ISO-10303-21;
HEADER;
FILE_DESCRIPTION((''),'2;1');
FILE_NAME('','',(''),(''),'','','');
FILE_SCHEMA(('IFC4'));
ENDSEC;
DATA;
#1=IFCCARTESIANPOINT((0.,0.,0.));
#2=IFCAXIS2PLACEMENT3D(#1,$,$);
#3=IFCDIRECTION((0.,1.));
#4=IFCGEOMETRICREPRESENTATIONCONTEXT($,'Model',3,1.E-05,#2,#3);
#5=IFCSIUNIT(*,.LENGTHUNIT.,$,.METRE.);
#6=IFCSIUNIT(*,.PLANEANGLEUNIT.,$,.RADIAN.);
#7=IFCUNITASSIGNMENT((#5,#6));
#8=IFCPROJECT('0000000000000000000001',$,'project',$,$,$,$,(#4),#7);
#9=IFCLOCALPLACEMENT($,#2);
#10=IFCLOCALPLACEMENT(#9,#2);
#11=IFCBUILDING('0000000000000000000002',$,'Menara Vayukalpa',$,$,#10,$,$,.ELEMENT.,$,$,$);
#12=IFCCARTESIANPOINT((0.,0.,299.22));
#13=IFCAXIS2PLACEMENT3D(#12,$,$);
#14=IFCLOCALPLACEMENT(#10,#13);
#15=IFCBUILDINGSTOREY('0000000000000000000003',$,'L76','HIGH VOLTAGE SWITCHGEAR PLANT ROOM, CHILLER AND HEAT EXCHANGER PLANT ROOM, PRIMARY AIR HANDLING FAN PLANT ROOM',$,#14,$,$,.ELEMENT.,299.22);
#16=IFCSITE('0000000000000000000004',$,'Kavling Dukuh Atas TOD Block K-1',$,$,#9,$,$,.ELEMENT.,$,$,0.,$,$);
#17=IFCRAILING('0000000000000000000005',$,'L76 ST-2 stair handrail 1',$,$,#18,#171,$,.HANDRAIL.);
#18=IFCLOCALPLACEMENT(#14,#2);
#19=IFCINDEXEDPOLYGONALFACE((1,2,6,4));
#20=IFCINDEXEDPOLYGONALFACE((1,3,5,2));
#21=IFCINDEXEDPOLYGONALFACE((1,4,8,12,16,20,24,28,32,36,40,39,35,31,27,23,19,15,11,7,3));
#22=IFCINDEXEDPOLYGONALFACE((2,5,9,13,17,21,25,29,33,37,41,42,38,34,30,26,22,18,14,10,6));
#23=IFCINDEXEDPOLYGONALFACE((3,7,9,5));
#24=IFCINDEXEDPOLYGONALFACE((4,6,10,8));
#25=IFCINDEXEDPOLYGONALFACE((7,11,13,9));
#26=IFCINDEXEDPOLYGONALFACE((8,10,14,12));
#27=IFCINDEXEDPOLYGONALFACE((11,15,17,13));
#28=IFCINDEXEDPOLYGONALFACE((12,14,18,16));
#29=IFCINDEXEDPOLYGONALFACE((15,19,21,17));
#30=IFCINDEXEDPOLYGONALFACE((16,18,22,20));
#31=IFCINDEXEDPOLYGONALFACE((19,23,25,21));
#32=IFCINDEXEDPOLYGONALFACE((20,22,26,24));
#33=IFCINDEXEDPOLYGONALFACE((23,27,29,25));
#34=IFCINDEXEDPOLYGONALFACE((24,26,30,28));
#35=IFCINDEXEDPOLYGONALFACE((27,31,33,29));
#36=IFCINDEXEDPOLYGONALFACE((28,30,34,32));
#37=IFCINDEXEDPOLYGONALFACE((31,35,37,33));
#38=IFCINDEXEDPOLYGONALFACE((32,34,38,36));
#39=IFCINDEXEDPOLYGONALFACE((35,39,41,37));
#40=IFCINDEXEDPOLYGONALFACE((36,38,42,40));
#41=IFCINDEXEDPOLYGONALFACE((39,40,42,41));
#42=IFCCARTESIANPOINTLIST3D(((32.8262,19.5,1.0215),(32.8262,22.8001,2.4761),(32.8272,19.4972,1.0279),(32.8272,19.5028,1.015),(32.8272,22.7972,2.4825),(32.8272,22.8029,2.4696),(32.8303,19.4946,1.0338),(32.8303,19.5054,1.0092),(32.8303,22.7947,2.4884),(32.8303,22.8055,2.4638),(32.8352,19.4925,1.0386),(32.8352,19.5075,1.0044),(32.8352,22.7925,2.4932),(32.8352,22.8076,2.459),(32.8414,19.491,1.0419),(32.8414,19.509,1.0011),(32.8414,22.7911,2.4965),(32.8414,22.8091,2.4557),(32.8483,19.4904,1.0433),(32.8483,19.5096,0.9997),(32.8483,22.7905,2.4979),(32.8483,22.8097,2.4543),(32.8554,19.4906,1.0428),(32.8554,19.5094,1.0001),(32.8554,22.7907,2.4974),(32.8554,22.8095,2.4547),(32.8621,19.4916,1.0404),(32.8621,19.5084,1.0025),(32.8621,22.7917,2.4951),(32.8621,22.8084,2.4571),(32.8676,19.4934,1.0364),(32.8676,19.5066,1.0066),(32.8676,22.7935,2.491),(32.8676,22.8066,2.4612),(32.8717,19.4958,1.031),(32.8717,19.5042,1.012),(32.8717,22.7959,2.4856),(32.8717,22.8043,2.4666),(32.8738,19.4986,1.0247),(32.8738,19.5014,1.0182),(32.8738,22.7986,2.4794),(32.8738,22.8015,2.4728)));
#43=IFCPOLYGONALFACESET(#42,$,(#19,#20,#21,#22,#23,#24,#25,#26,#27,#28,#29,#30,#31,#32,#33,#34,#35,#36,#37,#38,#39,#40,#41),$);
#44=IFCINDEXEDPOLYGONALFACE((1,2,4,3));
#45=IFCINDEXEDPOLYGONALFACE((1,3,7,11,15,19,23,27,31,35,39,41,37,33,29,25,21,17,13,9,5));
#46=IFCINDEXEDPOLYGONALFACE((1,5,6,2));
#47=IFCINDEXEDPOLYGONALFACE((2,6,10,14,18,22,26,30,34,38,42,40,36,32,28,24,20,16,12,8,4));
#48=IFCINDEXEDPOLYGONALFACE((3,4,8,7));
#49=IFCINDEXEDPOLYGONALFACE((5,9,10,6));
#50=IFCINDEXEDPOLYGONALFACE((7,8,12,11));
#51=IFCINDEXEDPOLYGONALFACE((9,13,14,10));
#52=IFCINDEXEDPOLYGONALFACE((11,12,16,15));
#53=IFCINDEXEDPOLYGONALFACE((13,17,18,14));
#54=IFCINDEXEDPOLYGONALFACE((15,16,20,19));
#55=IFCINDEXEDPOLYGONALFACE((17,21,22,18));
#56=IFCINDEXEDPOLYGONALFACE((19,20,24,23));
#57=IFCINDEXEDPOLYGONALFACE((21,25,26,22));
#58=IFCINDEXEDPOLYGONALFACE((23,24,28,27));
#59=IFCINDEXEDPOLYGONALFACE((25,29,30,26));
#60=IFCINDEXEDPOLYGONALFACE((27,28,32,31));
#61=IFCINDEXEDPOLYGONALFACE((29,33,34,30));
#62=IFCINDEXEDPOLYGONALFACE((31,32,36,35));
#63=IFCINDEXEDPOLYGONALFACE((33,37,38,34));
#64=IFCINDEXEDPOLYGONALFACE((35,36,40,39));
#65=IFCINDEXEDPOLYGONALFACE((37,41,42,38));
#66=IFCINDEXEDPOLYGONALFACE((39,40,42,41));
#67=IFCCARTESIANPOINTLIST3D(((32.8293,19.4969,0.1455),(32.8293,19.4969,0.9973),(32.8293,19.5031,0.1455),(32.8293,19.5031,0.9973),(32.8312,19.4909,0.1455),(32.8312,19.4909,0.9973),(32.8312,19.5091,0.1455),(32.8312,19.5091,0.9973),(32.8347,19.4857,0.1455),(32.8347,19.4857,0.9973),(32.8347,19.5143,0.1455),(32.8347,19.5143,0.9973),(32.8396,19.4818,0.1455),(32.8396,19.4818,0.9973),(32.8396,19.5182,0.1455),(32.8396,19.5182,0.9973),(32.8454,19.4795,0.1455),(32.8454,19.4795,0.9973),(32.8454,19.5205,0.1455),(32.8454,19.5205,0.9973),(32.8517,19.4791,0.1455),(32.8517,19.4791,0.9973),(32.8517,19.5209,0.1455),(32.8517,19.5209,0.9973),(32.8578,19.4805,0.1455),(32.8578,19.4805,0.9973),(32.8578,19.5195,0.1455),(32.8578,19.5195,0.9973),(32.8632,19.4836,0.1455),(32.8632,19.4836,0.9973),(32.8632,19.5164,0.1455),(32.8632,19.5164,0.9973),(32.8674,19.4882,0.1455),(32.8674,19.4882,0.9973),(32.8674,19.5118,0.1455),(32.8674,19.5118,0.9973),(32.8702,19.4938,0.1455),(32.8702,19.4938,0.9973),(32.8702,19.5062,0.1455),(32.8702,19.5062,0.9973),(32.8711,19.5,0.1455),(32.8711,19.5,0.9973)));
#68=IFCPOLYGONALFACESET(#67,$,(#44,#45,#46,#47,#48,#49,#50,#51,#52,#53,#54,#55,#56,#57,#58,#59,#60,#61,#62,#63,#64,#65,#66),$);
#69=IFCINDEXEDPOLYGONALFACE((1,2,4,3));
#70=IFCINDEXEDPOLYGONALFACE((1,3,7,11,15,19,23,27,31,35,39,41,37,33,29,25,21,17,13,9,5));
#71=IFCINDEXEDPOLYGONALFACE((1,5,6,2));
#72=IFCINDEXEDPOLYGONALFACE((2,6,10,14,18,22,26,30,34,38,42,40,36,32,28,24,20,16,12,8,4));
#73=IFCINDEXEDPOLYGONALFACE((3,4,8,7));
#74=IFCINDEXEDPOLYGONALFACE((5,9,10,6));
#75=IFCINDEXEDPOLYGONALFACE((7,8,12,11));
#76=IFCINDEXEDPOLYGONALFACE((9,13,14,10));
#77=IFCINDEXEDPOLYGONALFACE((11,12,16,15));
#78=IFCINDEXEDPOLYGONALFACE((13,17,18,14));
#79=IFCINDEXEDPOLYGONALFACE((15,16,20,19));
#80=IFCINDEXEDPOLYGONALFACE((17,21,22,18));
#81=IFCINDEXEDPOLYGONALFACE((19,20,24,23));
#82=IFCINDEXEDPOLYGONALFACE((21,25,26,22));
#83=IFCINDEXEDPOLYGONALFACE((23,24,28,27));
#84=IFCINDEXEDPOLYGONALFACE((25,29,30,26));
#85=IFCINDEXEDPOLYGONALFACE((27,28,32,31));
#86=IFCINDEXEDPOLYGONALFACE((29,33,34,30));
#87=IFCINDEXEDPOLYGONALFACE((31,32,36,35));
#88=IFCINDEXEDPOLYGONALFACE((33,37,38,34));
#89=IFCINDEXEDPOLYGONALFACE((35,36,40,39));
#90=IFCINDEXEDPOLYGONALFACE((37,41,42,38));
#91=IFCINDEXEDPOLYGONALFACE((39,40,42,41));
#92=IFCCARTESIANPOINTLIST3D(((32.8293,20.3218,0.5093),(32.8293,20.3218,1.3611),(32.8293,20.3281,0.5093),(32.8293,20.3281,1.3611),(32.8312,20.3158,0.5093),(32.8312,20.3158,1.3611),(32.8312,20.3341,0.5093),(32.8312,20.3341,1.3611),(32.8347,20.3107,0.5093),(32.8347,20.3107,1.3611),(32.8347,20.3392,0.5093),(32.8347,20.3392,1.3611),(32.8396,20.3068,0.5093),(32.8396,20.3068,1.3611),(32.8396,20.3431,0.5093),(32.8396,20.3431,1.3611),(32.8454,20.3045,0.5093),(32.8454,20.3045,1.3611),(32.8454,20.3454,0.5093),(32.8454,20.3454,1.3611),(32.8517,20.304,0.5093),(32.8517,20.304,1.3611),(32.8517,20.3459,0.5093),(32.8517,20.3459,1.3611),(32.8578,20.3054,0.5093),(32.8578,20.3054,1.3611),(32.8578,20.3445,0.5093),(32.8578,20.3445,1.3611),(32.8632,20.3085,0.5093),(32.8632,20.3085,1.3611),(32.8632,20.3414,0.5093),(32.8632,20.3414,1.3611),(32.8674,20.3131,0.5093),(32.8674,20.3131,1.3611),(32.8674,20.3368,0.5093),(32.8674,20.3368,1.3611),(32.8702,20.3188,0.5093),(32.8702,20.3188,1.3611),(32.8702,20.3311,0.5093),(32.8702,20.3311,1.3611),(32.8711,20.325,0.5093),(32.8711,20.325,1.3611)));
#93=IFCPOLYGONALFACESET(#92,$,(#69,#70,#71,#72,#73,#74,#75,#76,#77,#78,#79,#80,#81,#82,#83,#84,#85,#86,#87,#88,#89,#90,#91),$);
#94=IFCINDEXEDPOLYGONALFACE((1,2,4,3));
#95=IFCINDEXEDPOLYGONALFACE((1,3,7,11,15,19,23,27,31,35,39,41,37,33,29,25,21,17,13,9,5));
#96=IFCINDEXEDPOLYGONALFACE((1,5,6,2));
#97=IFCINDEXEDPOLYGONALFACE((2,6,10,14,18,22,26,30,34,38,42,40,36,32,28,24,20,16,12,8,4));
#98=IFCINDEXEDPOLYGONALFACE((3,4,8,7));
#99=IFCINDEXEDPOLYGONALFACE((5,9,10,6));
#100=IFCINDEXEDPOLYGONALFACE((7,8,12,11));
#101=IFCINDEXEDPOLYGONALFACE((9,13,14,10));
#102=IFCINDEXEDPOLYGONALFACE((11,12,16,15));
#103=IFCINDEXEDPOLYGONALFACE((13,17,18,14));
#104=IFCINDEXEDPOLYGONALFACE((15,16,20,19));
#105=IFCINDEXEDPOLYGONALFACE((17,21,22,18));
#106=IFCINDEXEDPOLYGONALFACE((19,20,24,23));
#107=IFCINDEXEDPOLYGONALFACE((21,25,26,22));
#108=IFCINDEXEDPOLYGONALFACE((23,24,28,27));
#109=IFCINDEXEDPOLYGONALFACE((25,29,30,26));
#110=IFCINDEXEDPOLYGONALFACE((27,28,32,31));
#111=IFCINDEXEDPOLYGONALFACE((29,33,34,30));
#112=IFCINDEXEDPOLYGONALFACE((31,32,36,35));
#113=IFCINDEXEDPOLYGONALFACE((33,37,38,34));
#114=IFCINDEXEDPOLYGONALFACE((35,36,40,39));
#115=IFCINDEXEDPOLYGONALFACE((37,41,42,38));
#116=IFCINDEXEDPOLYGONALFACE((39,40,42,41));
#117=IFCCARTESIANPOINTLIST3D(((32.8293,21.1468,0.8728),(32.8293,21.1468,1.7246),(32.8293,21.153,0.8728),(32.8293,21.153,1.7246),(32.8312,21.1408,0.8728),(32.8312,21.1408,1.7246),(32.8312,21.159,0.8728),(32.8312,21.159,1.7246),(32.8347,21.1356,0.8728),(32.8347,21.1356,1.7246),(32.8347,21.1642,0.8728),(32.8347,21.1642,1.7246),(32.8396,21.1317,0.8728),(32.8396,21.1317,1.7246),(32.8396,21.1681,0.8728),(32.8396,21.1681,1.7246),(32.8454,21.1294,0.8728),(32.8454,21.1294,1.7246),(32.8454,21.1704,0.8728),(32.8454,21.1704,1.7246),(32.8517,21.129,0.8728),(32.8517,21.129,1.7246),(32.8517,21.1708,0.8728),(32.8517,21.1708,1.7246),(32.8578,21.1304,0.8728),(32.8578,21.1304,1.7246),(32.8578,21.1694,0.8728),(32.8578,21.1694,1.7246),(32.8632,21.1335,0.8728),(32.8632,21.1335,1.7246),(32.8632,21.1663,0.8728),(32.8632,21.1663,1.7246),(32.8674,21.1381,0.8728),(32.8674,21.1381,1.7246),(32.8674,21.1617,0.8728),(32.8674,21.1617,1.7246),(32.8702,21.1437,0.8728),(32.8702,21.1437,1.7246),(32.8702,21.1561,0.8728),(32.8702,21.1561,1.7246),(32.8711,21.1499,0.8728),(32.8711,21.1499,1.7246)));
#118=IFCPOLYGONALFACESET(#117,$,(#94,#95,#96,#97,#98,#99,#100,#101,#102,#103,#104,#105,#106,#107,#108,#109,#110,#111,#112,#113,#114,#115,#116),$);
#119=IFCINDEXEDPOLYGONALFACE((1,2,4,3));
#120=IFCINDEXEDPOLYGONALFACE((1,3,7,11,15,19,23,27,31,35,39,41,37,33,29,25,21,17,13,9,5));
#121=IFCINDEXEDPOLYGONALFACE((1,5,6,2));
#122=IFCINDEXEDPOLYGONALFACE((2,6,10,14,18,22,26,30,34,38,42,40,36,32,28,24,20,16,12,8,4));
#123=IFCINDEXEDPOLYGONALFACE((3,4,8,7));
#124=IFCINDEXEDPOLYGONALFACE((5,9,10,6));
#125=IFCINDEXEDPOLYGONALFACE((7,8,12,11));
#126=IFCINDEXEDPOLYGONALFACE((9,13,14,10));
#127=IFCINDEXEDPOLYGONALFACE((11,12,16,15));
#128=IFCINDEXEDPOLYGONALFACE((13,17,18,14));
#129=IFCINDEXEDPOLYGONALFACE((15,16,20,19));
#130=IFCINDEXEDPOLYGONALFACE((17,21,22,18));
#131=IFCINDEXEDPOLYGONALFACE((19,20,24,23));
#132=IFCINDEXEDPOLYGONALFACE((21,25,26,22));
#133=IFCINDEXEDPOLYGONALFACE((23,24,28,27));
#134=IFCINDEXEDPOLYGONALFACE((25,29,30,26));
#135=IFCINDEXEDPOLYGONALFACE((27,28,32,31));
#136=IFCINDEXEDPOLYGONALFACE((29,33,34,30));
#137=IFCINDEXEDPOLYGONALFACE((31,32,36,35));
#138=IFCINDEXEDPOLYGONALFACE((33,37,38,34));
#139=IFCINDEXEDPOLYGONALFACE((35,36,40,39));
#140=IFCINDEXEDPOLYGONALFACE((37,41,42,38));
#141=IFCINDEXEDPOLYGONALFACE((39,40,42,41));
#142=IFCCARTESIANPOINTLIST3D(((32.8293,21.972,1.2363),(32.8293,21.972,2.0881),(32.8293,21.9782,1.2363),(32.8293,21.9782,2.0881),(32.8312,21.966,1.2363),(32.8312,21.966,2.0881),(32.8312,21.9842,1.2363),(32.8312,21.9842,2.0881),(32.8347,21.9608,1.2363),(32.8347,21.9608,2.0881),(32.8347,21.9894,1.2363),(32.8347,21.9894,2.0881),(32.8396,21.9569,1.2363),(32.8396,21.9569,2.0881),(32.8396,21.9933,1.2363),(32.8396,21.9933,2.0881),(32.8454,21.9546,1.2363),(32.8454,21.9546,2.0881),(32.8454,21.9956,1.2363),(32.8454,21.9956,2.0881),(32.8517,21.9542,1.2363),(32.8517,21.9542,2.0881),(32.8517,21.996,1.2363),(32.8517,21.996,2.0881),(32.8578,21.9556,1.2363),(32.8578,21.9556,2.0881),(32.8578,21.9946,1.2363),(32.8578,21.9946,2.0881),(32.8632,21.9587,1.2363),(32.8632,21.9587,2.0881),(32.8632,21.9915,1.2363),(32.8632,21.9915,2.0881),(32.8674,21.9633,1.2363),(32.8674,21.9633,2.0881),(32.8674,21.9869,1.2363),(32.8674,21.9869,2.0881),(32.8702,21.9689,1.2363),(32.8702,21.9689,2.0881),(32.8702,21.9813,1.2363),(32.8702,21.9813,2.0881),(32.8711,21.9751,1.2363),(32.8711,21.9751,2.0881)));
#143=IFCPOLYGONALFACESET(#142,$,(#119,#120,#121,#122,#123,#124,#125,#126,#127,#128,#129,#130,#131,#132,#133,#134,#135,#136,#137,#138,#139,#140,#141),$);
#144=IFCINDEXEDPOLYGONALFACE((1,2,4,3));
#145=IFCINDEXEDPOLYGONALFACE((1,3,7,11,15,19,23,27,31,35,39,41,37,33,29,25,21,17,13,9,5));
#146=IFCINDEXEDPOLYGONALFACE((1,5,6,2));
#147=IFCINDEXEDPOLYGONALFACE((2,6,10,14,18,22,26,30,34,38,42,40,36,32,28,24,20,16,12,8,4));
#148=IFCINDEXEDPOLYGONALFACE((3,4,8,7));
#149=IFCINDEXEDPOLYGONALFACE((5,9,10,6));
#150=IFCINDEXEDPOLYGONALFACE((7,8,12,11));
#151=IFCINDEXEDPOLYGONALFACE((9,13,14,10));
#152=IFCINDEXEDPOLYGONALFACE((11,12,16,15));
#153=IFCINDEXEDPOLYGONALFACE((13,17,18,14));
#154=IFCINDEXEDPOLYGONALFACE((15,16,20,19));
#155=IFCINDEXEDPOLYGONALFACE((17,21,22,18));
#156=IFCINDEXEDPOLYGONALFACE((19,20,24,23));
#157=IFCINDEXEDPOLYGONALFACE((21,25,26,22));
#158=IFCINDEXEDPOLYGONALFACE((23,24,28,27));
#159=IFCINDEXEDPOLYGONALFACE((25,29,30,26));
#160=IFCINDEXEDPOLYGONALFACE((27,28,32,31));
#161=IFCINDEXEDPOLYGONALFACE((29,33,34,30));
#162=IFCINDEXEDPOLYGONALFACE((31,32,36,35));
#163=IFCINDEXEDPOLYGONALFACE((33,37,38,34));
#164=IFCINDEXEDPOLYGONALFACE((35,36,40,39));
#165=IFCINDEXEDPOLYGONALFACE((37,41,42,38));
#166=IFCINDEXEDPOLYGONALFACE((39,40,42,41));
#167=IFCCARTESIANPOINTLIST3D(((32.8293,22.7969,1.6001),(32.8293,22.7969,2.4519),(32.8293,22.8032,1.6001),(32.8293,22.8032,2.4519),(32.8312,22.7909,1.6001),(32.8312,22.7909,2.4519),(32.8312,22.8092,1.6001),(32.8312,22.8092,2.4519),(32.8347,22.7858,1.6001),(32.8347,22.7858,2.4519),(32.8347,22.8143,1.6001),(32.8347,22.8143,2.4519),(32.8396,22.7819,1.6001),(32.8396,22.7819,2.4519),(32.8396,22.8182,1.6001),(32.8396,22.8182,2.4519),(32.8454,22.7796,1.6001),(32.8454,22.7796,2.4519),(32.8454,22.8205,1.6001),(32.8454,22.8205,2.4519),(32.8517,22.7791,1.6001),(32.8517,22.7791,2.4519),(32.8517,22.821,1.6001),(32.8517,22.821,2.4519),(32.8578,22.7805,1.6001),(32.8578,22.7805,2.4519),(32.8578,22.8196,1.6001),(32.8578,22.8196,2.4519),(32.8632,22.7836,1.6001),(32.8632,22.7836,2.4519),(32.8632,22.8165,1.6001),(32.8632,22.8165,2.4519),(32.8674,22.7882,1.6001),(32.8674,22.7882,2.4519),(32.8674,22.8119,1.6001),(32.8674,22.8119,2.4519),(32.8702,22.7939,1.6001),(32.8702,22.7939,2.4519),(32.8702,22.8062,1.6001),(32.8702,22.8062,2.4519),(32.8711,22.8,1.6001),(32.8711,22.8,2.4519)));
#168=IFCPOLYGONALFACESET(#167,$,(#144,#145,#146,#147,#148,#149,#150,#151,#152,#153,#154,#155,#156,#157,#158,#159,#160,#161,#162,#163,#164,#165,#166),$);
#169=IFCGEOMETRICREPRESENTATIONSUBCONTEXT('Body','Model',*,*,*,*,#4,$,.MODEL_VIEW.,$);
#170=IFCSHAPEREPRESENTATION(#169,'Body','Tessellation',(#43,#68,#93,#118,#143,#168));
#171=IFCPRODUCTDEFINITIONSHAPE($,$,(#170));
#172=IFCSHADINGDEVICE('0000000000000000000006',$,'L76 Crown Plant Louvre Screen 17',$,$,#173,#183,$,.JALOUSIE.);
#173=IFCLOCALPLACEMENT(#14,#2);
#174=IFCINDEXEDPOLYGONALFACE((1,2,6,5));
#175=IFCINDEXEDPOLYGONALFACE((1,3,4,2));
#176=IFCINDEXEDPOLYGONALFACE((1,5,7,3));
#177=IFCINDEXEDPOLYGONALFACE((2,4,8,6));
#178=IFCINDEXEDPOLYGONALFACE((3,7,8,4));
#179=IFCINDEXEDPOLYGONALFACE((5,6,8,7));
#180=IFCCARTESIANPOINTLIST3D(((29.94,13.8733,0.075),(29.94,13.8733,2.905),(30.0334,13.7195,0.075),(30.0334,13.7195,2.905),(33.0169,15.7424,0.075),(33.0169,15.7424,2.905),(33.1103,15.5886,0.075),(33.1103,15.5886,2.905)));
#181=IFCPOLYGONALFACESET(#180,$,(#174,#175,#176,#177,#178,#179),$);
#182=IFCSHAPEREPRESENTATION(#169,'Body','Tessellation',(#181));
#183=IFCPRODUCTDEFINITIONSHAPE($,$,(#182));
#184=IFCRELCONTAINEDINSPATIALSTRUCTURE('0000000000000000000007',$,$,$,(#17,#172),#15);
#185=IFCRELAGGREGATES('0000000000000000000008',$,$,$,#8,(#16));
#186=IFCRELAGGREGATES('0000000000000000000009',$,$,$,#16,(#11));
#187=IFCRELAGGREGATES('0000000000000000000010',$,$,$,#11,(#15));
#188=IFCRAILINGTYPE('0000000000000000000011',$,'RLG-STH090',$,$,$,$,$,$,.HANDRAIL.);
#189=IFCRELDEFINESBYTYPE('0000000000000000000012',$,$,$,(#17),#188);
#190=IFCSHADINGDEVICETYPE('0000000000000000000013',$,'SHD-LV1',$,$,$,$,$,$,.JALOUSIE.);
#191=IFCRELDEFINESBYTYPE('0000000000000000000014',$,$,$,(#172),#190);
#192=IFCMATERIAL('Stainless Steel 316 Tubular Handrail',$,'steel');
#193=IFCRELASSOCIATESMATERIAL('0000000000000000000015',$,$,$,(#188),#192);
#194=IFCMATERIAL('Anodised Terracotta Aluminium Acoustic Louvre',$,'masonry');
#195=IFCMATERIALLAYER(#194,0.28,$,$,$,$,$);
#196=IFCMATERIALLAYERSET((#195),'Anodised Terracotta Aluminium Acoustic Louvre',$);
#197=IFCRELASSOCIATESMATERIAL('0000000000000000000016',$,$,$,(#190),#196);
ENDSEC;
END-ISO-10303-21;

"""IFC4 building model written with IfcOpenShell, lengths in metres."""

from ifc_helpers import new_model, si_unit, direction, frame, origin, origin_2d, place, context, subcontext, project, spatial, rectangle, circle, extrude, material, layer, layer_set, type_object, element, save


model = new_model("IFC4")

# Units and contexts
model_context = context("Model", 3, precision=1e-05, world=origin(), true_north=direction((0.0, 1.0)))
body_context = subcontext(model_context, "Body", "Model", "MODEL_VIEW")
ifc_project = project(units=[si_unit("LENGTHUNIT", "METRE"), si_unit("PLANEANGLEUNIT", "RADIAN")], contexts=[model_context])

# Site, building, storey
site_placement = place(None, origin())
site = spatial("IfcSite", under=ifc_project, at=site_placement, Name="Kavling Dukuh Atas TOD Block K-1", CompositionType="ELEMENT", RefElevation=0.0)
building_placement = place(site_placement, origin())
building = spatial("IfcBuilding", under=site, at=building_placement, Name="Menara Vayukalpa", CompositionType="ELEMENT")
storey_placement = place(building_placement, frame((0.0, 0.0, 299.22)))
storey = spatial("IfcBuildingStorey", under=building, at=storey_placement, Name="L76", Description="HIGH VOLTAGE SWITCHGEAR PLANT ROOM, CHILLER AND HEAT EXCHANGER PLANT ROOM, PRIMARY AIR HANDLING FAN PLANT ROOM", CompositionType="ELEMENT", Elevation=299.22)

# Railing
ifc_material_1 = material(Name="Stainless Steel 316 Tubular Handrail", Category="steel")
railing_type_1 = type_object("IfcRailingType", Name="RLG-STH090", PredefinedType="HANDRAIL", material=ifc_material_1)
railing_1_placement = place(storey_placement, frame((32.8501, 19.5, 0.1455)))
element("IfcRailing", 1, at=railing_1_placement, inside=storey, type_object=railing_type_1, Name="L76 ST-2 stair handrail 1", PredefinedType="HANDRAIL", context=body_context, shape_type="SweptSolid", body=[
    extrude(circle(Radius=0.0239, at=origin_2d()), frame((0.0, 0.0, 0.876), z_axis=(0.0, 0.915052, 0.403335), x_axis=(-1.0, 0.0, 0.0)), (0.0, 0.0, 1.0), 3.6064),
    extrude(circle(Radius=0.021, at=origin_2d()), origin(), (0.0, 0.0, 1.0), 0.8518),
    extrude(circle(Radius=0.021, at=origin_2d()), frame((0.0, 0.825, 0.3638)), (0.0, 0.0, 1.0), 0.8518),
    extrude(circle(Radius=0.021, at=origin_2d()), frame((0.0, 1.6499, 0.7273)), (0.0, 0.0, 1.0), 0.8518),
    extrude(circle(Radius=0.021, at=origin_2d()), frame((0.0, 2.4751, 1.0908)), (0.0, 0.0, 1.0), 0.8518),
    extrude(circle(Radius=0.021, at=origin_2d()), frame((0.0, 3.3, 1.4546)), (0.0, 0.0, 1.0), 0.8518),
])

# Shading device
ifc_material_2 = material(Name="Anodised Terracotta Aluminium Acoustic Louvre", Category="masonry")
ifc_layer_1 = layer(ifc_material_2, 0.28)
ifc_layer_set_1 = layer_set([ifc_layer_1], Name="Anodised Terracotta Aluminium Acoustic Louvre")
shading_device_type = type_object("IfcShadingDeviceType", Name="SHD-LV1", PredefinedType="JALOUSIE", material=ifc_layer_set_1)
shading_device_placement = place(storey_placement, frame((31.5251, 14.731, 0.075), z_axis=(0.0, 0.0, 1.0), x_axis=(0.854667, 0.519176, 0.0)))
element("IfcShadingDevice", 2, at=shading_device_placement, inside=storey, type_object=shading_device_type, Name="L76 Crown Plant Louvre Screen 17", PredefinedType="JALOUSIE", context=body_context, shape_type="SweptSolid", body=[
    extrude(rectangle(XDim=3.6001, YDim=0.1799, at=origin_2d()), origin(), (0.0, 0.0, 1.0), 2.8301),
])

save(model, "model.ifc")
